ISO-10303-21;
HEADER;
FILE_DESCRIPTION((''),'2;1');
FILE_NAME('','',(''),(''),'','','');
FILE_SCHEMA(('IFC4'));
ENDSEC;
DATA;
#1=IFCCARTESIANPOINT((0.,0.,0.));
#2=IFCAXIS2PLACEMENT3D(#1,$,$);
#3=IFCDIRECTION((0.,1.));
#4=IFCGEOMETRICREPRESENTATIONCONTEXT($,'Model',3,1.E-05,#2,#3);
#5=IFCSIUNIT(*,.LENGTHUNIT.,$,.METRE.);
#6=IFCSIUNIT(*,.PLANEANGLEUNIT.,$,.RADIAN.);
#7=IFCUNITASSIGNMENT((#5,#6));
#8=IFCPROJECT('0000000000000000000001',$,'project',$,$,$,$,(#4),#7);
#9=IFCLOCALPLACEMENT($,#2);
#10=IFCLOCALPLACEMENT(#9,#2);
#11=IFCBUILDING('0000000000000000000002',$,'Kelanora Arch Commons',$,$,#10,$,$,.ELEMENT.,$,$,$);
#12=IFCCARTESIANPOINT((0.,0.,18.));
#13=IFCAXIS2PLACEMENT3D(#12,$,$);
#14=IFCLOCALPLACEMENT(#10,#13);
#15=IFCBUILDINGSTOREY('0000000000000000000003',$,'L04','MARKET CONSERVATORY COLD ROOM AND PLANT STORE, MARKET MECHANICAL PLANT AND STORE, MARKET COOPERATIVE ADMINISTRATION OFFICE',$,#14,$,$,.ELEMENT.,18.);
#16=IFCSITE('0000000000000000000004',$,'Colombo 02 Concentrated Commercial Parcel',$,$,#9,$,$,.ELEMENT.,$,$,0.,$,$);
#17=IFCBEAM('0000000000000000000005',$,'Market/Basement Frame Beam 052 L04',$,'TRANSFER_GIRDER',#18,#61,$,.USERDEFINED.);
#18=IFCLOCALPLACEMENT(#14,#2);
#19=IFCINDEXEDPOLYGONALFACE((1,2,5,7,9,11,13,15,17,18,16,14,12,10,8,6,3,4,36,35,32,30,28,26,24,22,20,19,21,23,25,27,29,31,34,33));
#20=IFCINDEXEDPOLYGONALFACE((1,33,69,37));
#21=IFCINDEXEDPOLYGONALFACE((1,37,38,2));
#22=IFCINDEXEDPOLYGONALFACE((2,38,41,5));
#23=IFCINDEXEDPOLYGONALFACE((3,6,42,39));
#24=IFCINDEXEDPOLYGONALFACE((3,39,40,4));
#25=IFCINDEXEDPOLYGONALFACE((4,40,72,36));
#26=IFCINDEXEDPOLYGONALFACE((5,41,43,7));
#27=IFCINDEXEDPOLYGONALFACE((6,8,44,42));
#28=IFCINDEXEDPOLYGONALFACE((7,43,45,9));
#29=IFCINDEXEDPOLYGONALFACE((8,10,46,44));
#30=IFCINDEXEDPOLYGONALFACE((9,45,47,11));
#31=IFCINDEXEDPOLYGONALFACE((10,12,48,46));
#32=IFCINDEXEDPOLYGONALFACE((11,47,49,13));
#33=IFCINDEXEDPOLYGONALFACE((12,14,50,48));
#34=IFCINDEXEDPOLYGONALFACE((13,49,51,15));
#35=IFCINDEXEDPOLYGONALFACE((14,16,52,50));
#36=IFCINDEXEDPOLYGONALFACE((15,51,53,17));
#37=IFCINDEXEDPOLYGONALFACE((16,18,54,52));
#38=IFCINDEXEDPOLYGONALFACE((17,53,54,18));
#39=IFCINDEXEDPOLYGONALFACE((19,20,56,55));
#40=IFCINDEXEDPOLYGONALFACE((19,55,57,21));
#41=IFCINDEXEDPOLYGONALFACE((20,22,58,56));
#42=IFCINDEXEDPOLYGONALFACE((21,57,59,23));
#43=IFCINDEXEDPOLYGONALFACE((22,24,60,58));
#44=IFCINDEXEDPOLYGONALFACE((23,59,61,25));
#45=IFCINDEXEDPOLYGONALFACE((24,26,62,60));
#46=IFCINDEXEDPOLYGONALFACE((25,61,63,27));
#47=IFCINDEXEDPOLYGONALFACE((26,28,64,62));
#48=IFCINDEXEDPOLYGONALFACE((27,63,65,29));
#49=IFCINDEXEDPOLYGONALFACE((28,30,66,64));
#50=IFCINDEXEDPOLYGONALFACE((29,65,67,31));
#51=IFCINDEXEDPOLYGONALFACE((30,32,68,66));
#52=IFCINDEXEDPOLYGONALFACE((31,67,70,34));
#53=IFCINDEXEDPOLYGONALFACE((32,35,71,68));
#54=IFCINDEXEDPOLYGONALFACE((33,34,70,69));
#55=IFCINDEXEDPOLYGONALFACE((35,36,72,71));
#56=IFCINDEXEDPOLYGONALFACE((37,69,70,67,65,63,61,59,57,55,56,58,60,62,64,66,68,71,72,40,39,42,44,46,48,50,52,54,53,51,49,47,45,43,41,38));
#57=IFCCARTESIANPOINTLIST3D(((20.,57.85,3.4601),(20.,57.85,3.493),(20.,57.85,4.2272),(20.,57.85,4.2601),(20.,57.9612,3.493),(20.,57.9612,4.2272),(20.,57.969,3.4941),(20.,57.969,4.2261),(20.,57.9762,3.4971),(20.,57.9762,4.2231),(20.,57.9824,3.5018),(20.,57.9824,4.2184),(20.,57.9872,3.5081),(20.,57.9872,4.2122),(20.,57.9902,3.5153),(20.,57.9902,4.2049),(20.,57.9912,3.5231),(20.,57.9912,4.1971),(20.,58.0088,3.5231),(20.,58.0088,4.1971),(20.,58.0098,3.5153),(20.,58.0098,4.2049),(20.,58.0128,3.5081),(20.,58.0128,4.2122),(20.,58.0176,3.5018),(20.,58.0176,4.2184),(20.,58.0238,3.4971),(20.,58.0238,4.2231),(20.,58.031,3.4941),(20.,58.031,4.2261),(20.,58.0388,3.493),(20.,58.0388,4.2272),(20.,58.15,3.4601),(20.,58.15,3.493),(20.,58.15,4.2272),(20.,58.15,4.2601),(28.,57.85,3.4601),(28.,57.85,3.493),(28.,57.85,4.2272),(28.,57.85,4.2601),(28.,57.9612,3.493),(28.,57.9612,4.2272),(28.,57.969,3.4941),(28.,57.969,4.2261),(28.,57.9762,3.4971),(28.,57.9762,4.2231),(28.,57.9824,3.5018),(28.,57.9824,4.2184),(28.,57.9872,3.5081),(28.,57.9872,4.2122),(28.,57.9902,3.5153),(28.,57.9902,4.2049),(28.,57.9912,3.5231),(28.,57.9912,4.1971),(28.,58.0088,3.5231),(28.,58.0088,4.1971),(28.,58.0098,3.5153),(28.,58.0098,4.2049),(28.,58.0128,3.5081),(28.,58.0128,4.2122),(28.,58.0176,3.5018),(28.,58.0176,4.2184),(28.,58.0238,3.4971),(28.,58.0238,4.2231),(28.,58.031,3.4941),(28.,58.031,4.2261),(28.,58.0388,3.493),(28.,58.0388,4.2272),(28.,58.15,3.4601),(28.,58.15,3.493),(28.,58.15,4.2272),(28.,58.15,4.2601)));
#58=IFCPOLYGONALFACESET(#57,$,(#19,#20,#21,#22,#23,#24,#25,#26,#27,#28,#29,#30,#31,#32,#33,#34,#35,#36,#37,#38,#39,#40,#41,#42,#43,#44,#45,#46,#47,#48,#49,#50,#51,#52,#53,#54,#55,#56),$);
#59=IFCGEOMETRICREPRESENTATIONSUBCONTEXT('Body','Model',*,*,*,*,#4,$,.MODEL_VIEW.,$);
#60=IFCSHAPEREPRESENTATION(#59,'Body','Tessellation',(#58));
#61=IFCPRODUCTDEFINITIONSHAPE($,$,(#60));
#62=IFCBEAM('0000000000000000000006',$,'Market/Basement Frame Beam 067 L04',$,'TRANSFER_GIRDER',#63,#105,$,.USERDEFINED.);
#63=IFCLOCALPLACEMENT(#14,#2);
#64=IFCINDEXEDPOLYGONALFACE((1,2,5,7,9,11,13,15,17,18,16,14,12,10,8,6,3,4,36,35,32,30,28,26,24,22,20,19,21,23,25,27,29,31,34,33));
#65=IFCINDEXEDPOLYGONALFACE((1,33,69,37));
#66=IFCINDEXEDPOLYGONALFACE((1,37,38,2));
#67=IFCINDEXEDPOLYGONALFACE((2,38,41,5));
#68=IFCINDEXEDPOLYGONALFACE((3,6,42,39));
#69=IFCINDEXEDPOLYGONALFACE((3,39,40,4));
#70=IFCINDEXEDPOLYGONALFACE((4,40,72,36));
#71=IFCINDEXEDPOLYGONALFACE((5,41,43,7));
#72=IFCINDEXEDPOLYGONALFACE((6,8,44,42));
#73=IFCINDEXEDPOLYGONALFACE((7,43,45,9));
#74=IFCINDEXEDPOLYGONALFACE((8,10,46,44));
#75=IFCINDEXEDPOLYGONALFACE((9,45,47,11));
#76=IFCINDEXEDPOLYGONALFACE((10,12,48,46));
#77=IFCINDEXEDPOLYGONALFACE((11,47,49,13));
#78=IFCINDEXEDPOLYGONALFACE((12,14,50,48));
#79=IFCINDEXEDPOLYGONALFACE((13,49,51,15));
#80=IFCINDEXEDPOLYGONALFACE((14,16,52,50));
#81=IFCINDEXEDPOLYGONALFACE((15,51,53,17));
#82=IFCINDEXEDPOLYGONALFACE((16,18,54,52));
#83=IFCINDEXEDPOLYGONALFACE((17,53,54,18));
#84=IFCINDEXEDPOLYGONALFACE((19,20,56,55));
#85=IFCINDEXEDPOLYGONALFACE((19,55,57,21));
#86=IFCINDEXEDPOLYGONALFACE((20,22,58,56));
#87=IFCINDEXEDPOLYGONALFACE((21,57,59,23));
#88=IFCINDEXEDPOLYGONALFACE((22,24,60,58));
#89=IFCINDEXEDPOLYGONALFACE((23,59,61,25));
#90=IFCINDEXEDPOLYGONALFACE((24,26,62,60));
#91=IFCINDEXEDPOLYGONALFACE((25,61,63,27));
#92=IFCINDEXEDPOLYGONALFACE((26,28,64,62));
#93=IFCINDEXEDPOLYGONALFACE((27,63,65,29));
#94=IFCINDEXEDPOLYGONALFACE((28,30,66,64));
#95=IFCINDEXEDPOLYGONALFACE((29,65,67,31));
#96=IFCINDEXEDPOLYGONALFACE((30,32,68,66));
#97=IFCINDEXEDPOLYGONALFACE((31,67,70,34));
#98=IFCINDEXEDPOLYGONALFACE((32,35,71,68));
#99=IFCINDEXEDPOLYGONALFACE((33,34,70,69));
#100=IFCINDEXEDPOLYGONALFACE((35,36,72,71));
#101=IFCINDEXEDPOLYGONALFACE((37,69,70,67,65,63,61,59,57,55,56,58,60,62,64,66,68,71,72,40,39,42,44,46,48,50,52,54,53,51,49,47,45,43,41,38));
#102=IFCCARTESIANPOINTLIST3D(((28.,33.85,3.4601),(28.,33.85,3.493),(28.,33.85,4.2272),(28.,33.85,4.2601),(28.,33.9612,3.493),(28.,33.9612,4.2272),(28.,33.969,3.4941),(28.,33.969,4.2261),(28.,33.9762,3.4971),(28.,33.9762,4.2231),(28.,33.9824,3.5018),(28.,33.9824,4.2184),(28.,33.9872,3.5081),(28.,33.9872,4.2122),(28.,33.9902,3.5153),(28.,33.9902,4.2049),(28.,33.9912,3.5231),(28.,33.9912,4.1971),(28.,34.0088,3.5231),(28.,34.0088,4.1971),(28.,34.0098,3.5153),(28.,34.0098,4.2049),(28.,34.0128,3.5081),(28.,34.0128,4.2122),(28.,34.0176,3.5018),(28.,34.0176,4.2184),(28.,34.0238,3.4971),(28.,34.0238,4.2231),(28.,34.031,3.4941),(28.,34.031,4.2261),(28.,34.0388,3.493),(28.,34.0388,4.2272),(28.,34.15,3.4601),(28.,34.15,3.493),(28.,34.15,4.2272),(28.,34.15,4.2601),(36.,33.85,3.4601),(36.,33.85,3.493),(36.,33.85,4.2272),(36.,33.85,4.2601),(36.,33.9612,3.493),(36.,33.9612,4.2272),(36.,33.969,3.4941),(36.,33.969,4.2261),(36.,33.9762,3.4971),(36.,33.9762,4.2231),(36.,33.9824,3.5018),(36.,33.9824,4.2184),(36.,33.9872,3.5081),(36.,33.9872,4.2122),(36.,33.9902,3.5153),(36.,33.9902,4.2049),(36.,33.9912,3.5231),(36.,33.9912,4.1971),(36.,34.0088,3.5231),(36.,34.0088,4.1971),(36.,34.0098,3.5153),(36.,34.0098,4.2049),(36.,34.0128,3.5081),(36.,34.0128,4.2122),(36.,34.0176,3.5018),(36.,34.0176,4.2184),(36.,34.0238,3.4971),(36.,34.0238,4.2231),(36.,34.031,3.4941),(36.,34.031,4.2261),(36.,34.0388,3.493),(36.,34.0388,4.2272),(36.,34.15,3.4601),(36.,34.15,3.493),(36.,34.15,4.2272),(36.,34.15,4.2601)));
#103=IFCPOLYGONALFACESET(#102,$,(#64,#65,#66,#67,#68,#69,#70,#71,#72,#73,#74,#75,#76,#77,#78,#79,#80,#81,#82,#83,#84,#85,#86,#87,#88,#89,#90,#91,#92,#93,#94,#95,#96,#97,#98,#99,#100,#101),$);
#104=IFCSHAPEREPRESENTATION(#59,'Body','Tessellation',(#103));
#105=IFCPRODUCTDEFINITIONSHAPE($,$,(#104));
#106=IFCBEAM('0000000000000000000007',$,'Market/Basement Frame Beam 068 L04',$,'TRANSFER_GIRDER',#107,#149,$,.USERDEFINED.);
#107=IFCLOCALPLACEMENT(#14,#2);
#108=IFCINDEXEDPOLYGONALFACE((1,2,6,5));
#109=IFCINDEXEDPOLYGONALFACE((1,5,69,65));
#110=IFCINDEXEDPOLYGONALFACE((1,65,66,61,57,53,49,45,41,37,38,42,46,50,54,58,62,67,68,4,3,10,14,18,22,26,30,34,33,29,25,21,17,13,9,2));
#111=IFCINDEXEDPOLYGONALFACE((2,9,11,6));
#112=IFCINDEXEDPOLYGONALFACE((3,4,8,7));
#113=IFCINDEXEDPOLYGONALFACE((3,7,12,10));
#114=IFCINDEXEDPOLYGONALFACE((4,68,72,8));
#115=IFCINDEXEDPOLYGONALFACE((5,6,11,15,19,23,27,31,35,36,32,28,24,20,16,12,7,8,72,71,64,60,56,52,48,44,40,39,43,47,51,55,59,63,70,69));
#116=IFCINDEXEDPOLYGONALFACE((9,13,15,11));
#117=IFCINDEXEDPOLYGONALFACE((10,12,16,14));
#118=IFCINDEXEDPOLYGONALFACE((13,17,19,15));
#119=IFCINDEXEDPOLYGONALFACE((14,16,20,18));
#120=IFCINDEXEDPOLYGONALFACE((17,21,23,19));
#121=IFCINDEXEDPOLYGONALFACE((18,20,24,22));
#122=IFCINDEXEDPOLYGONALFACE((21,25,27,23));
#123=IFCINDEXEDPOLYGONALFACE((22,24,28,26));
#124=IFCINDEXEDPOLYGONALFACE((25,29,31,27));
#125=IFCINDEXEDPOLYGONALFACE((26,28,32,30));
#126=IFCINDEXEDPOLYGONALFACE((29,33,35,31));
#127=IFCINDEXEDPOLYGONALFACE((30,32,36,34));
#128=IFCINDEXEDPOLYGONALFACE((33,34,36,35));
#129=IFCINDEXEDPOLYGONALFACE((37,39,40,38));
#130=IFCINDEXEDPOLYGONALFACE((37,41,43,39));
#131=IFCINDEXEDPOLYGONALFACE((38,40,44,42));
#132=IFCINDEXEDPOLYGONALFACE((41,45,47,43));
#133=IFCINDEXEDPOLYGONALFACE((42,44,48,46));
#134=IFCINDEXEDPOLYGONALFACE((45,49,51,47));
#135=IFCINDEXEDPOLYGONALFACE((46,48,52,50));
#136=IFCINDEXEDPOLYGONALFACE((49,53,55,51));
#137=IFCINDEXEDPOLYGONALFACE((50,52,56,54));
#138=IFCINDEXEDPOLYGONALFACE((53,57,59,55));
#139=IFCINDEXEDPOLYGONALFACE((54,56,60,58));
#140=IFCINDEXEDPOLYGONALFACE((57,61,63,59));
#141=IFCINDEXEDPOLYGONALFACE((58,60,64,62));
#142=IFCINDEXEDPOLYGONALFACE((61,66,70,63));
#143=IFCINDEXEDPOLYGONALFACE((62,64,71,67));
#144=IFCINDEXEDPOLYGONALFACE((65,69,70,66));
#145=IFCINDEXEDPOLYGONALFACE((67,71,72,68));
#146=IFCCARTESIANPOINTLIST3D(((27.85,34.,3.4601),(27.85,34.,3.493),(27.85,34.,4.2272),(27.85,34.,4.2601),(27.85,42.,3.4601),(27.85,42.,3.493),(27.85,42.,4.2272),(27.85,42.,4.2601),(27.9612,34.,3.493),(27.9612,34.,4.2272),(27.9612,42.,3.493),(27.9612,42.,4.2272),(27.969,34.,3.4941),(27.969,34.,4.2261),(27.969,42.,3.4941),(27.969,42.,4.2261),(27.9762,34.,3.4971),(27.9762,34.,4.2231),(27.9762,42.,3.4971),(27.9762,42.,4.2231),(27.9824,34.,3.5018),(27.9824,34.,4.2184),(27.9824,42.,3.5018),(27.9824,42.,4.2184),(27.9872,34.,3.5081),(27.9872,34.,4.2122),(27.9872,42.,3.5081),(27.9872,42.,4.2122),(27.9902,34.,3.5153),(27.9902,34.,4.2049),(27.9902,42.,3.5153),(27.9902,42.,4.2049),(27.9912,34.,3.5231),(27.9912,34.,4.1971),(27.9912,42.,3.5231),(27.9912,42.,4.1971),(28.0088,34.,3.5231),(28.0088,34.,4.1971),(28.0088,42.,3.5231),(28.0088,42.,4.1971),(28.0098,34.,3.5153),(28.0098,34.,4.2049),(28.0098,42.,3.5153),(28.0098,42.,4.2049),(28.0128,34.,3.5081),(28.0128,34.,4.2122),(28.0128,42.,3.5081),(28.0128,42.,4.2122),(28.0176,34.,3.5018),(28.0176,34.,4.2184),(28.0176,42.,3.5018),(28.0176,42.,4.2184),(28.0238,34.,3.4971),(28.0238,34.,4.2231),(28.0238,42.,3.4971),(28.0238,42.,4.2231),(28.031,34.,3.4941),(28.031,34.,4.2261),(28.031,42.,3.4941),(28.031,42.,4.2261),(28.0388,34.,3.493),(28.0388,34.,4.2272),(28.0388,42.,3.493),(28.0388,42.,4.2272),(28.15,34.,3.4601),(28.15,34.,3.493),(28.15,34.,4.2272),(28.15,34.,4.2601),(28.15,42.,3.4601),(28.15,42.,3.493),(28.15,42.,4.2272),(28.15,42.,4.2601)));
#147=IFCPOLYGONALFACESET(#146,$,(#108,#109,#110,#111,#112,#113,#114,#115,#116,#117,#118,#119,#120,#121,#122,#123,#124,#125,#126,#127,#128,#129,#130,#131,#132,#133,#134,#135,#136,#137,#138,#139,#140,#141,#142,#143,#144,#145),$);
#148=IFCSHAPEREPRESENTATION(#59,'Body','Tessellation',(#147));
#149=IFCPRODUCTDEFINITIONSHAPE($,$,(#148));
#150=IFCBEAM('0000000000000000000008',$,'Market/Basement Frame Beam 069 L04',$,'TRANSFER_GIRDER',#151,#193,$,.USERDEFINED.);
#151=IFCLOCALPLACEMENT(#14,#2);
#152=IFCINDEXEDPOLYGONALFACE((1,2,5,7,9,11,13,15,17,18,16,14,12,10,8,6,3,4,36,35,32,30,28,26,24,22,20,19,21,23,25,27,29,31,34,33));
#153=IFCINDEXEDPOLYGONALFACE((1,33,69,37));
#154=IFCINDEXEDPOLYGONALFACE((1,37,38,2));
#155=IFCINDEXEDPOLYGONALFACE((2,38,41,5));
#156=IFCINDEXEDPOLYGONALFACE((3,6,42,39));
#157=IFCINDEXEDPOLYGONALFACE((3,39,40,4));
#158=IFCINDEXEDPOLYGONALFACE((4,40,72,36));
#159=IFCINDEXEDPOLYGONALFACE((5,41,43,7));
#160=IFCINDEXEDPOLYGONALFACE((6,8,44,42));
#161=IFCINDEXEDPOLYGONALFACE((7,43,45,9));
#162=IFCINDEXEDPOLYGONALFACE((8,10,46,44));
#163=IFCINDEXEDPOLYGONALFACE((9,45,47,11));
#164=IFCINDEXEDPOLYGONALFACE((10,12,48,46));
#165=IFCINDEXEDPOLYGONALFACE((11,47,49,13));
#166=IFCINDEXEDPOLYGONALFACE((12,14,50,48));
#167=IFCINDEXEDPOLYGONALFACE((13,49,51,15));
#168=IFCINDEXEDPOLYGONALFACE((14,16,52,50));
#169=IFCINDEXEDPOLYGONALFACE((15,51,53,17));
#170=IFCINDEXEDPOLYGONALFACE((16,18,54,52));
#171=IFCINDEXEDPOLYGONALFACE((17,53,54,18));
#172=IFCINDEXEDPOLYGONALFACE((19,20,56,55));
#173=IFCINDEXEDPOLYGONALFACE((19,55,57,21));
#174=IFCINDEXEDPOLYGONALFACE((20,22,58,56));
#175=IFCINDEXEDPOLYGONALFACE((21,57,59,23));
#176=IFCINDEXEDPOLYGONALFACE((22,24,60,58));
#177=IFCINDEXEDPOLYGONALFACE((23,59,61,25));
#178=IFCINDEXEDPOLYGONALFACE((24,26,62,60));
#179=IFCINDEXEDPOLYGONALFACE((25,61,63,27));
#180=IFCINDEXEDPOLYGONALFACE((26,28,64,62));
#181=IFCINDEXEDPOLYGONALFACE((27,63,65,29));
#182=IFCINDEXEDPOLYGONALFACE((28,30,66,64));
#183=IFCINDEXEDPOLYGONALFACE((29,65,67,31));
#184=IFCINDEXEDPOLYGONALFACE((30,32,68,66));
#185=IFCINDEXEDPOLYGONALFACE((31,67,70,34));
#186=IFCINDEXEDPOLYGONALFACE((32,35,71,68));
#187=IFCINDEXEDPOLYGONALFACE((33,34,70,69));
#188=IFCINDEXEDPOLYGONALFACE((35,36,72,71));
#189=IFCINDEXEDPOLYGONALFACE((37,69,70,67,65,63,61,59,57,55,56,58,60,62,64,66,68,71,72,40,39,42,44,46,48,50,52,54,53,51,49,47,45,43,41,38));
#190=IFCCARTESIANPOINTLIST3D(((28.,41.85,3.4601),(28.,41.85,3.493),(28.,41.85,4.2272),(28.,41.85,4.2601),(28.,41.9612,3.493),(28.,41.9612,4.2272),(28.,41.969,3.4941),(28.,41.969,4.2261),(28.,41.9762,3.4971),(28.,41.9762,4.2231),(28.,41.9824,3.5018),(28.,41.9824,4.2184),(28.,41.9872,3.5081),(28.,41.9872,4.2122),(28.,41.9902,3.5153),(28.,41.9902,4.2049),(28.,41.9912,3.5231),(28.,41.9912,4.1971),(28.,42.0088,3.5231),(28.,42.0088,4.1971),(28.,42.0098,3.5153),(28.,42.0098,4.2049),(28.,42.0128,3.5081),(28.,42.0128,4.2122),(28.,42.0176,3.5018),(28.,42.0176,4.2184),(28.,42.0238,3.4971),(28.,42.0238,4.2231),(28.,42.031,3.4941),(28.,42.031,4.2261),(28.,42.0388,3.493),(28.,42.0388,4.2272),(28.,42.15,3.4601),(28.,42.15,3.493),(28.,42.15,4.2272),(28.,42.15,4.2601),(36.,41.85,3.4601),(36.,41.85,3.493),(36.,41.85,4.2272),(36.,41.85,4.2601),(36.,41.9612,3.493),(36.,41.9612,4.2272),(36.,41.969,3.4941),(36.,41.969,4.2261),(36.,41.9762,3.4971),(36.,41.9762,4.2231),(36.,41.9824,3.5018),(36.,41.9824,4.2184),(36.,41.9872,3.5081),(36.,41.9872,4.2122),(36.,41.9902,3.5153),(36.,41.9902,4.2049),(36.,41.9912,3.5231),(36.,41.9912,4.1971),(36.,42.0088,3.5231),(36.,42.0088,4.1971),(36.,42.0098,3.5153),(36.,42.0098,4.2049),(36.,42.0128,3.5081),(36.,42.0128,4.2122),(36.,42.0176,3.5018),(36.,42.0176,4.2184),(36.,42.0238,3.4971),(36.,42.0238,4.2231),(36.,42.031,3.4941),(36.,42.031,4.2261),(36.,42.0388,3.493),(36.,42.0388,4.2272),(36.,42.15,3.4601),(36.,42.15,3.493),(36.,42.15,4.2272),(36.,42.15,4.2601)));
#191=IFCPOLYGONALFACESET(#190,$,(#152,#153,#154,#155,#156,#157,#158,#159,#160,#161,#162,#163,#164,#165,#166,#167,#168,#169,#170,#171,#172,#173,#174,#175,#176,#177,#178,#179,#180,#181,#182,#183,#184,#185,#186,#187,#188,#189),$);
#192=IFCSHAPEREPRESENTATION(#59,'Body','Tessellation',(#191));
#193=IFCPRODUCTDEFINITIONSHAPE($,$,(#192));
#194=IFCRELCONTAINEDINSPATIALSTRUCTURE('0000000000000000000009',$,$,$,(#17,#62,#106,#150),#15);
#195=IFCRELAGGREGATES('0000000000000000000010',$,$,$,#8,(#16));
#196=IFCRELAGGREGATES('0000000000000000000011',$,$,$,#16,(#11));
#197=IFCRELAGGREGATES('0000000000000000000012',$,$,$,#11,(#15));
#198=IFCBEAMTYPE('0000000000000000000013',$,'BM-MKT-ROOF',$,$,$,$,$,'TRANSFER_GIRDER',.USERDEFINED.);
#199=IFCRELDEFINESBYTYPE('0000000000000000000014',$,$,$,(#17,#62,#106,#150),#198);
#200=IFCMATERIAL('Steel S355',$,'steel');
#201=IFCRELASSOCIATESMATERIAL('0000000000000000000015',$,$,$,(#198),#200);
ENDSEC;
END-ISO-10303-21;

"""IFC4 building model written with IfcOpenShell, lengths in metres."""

from ifc_helpers import new_model, si_unit, direction, frame, origin, origin_2d, place, context, subcontext, project, spatial, i_section, extrude, material, material_profile, profile_set, type_object, element, save


model = new_model("IFC4")

# Units and contexts
model_context = context("Model", 3, precision=1e-05, world=origin(), true_north=direction((0.0, 1.0)))
body_context = subcontext(model_context, "Body", "Model", "MODEL_VIEW")
ifc_project = project(units=[si_unit("LENGTHUNIT", "METRE"), si_unit("PLANEANGLEUNIT", "RADIAN")], contexts=[model_context])

# Site, building, storey
site_placement = place(None, origin())
site = spatial("IfcSite", under=ifc_project, at=site_placement, Name="Colombo 02 Concentrated Commercial Parcel", CompositionType="ELEMENT", RefElevation=0.0)
building_placement = place(site_placement, origin())
building = spatial("IfcBuilding", under=site, at=building_placement, Name="Kelanora Arch Commons", CompositionType="ELEMENT")
storey_placement = place(building_placement, frame((0.0, 0.0, 18.0)))
storey = spatial("IfcBuildingStorey", under=building, at=storey_placement, Name="L04", Description="MARKET CONSERVATORY COLD ROOM AND PLANT STORE, MARKET MECHANICAL PLANT AND STORE, MARKET COOPERATIVE ADMINISTRATION OFFICE", CompositionType="ELEMENT", Elevation=18.0)

# Beams
ifc_material_1 = material(Name="Steel S355", Category="steel")
ifc_material_profile_1 = material_profile(ifc_material_1, i_section(OverallWidth=0.3, OverallDepth=0.8, WebThickness=0.0176, FlangeThickness=0.033, FilletRadius=0.03, at=origin_2d()), Name="HEB800")
ifc_profile_set_1 = profile_set([ifc_material_profile_1], Name="Steel S355")
beam_type = type_object("IfcBeamType", Name="BM-MKT-ROOF", ElementType="TRANSFER_GIRDER", PredefinedType="USERDEFINED", material=ifc_profile_set_1)
for number, where, z_axis, x_axis, name in (
    (1, (20.0, 58.0, 3.8601), (1.0, 0.0, 0.0), (0.0, 1.0, 0.0), "Market/Basement Frame Beam 052 L04"),
    (2, (28.0, 34.0, 3.8601), (1.0, 0.0, 0.0), (0.0, 1.0, 0.0), "Market/Basement Frame Beam 067 L04"),
    (3, (28.0, 34.0, 3.8601), (0.0, 1.0, 0.0), (-1.0, 0.0, 0.0), "Market/Basement Frame Beam 068 L04"),
    (4, (28.0, 42.0, 3.8601), (1.0, 0.0, 0.0), (0.0, 1.0, 0.0), "Market/Basement Frame Beam 069 L04"),
):
    element("IfcBeam", number, at=place(storey_placement, frame(where, z_axis=z_axis, x_axis=x_axis)), inside=storey, type_object=beam_type, Name=name, ObjectType="TRANSFER_GIRDER", PredefinedType="USERDEFINED", context=body_context, shape_type="SweptSolid", body=[
        extrude(i_section(OverallWidth=0.3, OverallDepth=0.8, WebThickness=0.0176, FlangeThickness=0.033, FilletRadius=0.03, at=origin_2d()), origin(), (0.0, 0.0, 1.0), 8.0),
    ])

save(model, "model.ifc")
